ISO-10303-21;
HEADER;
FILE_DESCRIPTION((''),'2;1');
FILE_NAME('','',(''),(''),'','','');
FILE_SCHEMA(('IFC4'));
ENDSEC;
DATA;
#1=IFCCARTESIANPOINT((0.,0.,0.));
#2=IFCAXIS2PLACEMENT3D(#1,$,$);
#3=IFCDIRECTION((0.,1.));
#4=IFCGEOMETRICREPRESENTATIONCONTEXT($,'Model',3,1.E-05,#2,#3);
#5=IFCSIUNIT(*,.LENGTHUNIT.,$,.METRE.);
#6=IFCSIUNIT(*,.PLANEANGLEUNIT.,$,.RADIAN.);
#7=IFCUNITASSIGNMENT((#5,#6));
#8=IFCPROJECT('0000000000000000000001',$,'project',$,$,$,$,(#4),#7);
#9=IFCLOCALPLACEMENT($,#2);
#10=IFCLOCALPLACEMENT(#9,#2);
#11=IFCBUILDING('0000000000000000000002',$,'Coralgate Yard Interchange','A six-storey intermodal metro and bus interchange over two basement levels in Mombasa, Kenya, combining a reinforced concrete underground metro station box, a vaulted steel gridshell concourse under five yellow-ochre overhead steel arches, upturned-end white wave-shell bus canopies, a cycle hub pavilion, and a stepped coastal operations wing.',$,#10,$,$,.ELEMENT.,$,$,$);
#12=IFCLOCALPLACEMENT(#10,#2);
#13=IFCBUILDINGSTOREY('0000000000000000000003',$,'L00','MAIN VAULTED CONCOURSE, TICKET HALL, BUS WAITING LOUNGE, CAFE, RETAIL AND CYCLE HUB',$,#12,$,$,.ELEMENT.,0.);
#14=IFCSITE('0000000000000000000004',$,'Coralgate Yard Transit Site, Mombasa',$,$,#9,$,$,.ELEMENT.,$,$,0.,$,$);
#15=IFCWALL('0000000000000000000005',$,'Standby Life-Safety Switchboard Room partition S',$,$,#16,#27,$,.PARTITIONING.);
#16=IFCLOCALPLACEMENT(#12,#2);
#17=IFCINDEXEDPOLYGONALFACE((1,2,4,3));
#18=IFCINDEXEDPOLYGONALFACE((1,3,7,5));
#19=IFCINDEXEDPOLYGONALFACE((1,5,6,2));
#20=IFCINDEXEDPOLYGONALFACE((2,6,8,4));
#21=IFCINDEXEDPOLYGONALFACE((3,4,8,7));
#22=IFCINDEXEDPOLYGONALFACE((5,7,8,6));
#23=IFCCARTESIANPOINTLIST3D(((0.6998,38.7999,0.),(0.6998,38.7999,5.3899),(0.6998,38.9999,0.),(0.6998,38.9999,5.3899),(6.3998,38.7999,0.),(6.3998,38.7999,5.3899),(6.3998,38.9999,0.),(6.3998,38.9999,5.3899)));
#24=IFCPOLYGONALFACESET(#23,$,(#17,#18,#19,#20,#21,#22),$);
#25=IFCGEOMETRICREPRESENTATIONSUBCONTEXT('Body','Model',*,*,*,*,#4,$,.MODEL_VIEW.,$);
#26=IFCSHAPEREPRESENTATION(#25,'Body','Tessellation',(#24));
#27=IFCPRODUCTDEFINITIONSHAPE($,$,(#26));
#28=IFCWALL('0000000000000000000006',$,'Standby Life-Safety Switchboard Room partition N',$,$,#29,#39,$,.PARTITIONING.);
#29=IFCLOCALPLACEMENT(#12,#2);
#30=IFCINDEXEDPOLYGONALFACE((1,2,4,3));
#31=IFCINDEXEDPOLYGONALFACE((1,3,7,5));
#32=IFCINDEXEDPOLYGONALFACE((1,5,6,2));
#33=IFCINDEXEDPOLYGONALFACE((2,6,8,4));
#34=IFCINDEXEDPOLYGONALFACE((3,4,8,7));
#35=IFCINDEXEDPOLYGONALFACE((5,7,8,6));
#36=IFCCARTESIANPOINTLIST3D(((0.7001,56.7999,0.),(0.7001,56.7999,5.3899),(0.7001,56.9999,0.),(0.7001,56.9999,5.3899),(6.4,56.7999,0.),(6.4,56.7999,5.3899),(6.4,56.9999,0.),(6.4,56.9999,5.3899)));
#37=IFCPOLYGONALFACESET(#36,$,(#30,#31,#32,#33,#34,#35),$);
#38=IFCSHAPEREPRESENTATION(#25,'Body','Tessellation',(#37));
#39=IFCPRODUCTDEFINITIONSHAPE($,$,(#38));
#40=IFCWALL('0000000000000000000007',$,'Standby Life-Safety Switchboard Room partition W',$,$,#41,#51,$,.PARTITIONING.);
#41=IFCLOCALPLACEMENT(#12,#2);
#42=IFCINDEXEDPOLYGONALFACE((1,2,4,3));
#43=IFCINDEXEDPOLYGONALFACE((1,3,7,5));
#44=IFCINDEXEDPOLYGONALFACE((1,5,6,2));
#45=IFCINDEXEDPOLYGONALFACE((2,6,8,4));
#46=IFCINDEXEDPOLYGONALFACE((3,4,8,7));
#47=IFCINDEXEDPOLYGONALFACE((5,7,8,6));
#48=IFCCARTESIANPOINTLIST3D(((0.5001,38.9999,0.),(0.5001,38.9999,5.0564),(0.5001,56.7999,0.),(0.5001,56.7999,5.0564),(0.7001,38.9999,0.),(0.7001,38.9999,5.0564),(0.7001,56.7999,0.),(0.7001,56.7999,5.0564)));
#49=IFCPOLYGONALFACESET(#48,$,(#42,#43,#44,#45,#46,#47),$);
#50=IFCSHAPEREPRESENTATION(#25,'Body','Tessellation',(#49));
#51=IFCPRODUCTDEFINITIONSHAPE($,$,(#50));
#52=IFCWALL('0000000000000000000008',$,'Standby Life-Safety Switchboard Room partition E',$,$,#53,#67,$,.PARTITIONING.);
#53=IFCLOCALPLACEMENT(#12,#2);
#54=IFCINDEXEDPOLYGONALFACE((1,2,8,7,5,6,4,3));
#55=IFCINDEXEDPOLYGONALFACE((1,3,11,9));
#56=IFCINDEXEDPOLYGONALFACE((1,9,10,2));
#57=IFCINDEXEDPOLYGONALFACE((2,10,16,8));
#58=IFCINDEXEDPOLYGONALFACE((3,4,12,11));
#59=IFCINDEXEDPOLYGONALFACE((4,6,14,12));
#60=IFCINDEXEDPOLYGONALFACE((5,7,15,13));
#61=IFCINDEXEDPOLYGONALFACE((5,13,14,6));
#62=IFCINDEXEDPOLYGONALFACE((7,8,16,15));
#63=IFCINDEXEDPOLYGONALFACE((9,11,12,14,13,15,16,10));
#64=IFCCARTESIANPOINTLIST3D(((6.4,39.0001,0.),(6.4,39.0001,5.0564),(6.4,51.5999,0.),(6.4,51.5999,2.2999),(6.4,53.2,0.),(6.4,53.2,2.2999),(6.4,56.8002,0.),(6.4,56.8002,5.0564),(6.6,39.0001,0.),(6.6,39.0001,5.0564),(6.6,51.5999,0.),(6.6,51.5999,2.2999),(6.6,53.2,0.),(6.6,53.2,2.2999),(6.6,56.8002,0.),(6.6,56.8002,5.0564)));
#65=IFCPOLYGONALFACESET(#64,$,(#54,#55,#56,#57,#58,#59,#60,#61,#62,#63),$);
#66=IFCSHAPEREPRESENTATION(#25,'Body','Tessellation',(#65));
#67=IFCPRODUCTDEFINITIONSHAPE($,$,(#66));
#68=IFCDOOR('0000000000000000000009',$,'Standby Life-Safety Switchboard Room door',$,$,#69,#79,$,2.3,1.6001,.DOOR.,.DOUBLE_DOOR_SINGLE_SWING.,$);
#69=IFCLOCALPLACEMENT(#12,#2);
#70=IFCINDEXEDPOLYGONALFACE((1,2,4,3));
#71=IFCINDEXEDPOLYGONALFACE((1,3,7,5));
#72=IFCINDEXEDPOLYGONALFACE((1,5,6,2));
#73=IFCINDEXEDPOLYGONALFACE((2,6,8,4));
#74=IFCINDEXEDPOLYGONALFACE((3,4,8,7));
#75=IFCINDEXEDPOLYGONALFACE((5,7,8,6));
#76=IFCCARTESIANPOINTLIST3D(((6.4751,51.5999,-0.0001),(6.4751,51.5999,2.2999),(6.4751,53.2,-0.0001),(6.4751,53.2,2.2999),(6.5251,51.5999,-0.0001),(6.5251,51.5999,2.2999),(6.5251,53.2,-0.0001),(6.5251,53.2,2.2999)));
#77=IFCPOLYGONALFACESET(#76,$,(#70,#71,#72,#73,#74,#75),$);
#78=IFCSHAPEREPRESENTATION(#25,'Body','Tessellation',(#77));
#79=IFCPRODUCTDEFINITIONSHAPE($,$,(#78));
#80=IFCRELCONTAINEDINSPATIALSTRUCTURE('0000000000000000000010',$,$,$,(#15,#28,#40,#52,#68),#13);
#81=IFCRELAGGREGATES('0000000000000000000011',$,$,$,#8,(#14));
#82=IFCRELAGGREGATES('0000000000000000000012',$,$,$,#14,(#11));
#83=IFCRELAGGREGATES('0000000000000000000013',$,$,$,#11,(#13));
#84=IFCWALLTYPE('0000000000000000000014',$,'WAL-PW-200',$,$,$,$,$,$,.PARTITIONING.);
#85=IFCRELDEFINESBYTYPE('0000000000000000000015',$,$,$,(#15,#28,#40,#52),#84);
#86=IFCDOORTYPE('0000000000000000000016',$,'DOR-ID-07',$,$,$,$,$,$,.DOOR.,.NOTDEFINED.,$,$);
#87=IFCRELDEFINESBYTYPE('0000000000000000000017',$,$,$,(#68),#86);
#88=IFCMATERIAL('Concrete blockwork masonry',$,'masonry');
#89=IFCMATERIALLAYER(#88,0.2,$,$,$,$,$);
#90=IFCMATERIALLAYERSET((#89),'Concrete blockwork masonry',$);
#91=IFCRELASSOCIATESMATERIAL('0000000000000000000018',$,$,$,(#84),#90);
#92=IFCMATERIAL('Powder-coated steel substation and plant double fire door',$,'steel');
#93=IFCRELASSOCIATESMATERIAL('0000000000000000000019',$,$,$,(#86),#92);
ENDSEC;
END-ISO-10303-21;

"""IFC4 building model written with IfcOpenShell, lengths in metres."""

from ifc_helpers import new_model, si_unit, direction, frame, frame_2d, origin, place, context, subcontext, project, spatial, rectangle, extrude, material, layer, layer_set, type_object, element, fill, save


model = new_model("IFC4")

# Units and contexts
model_context = context("Model", 3, precision=1e-05, world=origin(), true_north=direction((0.0, 1.0)))
body_context = subcontext(model_context, "Body", "Model", "MODEL_VIEW")
ifc_project = project(units=[si_unit("LENGTHUNIT", "METRE"), si_unit("PLANEANGLEUNIT", "RADIAN")], contexts=[model_context])

# Site, building, storey
site_placement = place(None, origin())
site = spatial("IfcSite", under=ifc_project, at=site_placement, Name="Coralgate Yard Transit Site, Mombasa", CompositionType="ELEMENT", RefElevation=0.0)
building_placement = place(site_placement, origin())
building = spatial("IfcBuilding", under=site, at=building_placement, Name="Coralgate Yard Interchange", Description="A six-storey intermodal metro and bus interchange over two basement levels in Mombasa, Kenya, combining a reinforced concrete underground metro station box, a vaulted steel gridshell concourse under five yellow-ochre overhead steel arches, upturned-end white wave-shell bus canopies, a cycle hub pavilion, and a stepped coastal operations wing.", CompositionType="ELEMENT")
storey_placement = place(building_placement, origin())
storey = spatial("IfcBuildingStorey", under=building, at=storey_placement, Name="L00", Description="MAIN VAULTED CONCOURSE, TICKET HALL, BUS WAITING LOUNGE, CAFE, RETAIL AND CYCLE HUB", CompositionType="ELEMENT", Elevation=0.0)

# Walls
ifc_material_1 = material(Name="Concrete blockwork masonry", Category="masonry")
ifc_layer_1 = layer(ifc_material_1, 0.2)
ifc_layer_set_1 = layer_set([ifc_layer_1], Name="Concrete blockwork masonry")
wall_type_1 = type_object("IfcWallType", Name="WAL-PW-200", PredefinedType="PARTITIONING", material=ifc_layer_set_1)
for number, where, z_axis, x_axis, name in (
    (1, (6.3999, 38.8999, 0.0), (0.0, 0.0, 1.0), (-1.0, 0.0, 0.0), "Standby Life-Safety Switchboard Room partition S"),
    (2, (0.7, 56.8999, 0.0), (0.0, 0.0, 1.0), (1.0, 0.0, 0.0), "Standby Life-Safety Switchboard Room partition N"),
):
    element("IfcWall", number, at=place(storey_placement, frame(where, z_axis=z_axis, x_axis=x_axis)), inside=storey, type_object=wall_type_1, Name=name, PredefinedType="PARTITIONING", context=body_context, shape_type="SweptSolid", body=[
        extrude(rectangle(XDim=5.7, YDim=0.2, at=frame_2d((2.8501, 0.0))), origin(), (0.0, 0.0, 1.0), 5.3899),
    ])
wall_1_placement = place(storey_placement, frame((0.6001, 39.0, 0.0), z_axis=(0.0, 0.0, 1.0), x_axis=(0.0, 1.0, 0.0)))
element("IfcWall", 3, at=wall_1_placement, inside=storey, type_object=wall_type_1, Name="Standby Life-Safety Switchboard Room partition W", PredefinedType="PARTITIONING", context=body_context, shape_type="SweptSolid", body=[
    extrude(rectangle(XDim=17.8, YDim=0.2, at=frame_2d((8.8999, 0.0))), origin(), (0.0, 0.0, 1.0), 5.0564),
])

# Wall, opening, door
wall_2_placement = place(storey_placement, frame((6.5, 56.8, 0.0), z_axis=(0.0, 0.0, 1.0), x_axis=(0.0, -1.0, 0.0)))
wall_2 = element("IfcWall", 4, at=wall_2_placement, inside=storey, type_object=wall_type_1, Name="Standby Life-Safety Switchboard Room partition E", PredefinedType="PARTITIONING", context=body_context, shape_type="SweptSolid", body=[
    extrude(rectangle(XDim=17.8, YDim=0.2, at=frame_2d((8.8999, 0.0))), origin(), (0.0, 0.0, 1.0), 5.0564),
])
opening_1_placement = place(wall_2_placement, frame((3.6001, 0.0, 0.0)))
opening_1 = element("IfcOpeningElement", 5, at=opening_1_placement, cuts=wall_2, PredefinedType="OPENING", context=body_context, shape_type="SweptSolid", body=[
    extrude(rectangle(XDim=1.6001, YDim=2.3, at=frame_2d((0.8, 1.1499))), frame((0.0, 0.1099, 0.0), z_axis=(0.0, -1.0, 0.0), x_axis=(1.0, 0.0, 0.0)), (0.0, 0.0, 1.0), 0.22),
])
ifc_material_2 = material(Name="Powder-coated steel substation and plant double fire door", Category="steel")
door_type_1 = type_object("IfcDoorType", Name="DOR-ID-07", OperationType="NOTDEFINED", PredefinedType="DOOR", material=ifc_material_2)
door_1_placement = place(opening_1_placement, frame((1.6001, 0.0, 0.0), z_axis=(0.0, 0.0, 1.0), x_axis=(-1.0, 0.0, 0.0)))
door_1 = element("IfcDoor", 6, at=door_1_placement, inside=storey, type_object=door_type_1, Name="Standby Life-Safety Switchboard Room door", OperationType="DOUBLE_DOOR_SINGLE_SWING", OverallHeight=2.3, OverallWidth=1.6001, PredefinedType="DOOR", context=body_context, shape_type="SweptSolid", body=[
    extrude(rectangle(XDim=1.6001, YDim=2.3, at=frame_2d((0.8, 1.1499))), frame((0.0, 0.0249, 0.0), z_axis=(0.0, -1.0, 0.0), x_axis=(1.0, 0.0, 0.0)), (0.0, 0.0, 1.0), 0.05),
])
fill(opening_1, door_1)

save(model, "model.ifc")
